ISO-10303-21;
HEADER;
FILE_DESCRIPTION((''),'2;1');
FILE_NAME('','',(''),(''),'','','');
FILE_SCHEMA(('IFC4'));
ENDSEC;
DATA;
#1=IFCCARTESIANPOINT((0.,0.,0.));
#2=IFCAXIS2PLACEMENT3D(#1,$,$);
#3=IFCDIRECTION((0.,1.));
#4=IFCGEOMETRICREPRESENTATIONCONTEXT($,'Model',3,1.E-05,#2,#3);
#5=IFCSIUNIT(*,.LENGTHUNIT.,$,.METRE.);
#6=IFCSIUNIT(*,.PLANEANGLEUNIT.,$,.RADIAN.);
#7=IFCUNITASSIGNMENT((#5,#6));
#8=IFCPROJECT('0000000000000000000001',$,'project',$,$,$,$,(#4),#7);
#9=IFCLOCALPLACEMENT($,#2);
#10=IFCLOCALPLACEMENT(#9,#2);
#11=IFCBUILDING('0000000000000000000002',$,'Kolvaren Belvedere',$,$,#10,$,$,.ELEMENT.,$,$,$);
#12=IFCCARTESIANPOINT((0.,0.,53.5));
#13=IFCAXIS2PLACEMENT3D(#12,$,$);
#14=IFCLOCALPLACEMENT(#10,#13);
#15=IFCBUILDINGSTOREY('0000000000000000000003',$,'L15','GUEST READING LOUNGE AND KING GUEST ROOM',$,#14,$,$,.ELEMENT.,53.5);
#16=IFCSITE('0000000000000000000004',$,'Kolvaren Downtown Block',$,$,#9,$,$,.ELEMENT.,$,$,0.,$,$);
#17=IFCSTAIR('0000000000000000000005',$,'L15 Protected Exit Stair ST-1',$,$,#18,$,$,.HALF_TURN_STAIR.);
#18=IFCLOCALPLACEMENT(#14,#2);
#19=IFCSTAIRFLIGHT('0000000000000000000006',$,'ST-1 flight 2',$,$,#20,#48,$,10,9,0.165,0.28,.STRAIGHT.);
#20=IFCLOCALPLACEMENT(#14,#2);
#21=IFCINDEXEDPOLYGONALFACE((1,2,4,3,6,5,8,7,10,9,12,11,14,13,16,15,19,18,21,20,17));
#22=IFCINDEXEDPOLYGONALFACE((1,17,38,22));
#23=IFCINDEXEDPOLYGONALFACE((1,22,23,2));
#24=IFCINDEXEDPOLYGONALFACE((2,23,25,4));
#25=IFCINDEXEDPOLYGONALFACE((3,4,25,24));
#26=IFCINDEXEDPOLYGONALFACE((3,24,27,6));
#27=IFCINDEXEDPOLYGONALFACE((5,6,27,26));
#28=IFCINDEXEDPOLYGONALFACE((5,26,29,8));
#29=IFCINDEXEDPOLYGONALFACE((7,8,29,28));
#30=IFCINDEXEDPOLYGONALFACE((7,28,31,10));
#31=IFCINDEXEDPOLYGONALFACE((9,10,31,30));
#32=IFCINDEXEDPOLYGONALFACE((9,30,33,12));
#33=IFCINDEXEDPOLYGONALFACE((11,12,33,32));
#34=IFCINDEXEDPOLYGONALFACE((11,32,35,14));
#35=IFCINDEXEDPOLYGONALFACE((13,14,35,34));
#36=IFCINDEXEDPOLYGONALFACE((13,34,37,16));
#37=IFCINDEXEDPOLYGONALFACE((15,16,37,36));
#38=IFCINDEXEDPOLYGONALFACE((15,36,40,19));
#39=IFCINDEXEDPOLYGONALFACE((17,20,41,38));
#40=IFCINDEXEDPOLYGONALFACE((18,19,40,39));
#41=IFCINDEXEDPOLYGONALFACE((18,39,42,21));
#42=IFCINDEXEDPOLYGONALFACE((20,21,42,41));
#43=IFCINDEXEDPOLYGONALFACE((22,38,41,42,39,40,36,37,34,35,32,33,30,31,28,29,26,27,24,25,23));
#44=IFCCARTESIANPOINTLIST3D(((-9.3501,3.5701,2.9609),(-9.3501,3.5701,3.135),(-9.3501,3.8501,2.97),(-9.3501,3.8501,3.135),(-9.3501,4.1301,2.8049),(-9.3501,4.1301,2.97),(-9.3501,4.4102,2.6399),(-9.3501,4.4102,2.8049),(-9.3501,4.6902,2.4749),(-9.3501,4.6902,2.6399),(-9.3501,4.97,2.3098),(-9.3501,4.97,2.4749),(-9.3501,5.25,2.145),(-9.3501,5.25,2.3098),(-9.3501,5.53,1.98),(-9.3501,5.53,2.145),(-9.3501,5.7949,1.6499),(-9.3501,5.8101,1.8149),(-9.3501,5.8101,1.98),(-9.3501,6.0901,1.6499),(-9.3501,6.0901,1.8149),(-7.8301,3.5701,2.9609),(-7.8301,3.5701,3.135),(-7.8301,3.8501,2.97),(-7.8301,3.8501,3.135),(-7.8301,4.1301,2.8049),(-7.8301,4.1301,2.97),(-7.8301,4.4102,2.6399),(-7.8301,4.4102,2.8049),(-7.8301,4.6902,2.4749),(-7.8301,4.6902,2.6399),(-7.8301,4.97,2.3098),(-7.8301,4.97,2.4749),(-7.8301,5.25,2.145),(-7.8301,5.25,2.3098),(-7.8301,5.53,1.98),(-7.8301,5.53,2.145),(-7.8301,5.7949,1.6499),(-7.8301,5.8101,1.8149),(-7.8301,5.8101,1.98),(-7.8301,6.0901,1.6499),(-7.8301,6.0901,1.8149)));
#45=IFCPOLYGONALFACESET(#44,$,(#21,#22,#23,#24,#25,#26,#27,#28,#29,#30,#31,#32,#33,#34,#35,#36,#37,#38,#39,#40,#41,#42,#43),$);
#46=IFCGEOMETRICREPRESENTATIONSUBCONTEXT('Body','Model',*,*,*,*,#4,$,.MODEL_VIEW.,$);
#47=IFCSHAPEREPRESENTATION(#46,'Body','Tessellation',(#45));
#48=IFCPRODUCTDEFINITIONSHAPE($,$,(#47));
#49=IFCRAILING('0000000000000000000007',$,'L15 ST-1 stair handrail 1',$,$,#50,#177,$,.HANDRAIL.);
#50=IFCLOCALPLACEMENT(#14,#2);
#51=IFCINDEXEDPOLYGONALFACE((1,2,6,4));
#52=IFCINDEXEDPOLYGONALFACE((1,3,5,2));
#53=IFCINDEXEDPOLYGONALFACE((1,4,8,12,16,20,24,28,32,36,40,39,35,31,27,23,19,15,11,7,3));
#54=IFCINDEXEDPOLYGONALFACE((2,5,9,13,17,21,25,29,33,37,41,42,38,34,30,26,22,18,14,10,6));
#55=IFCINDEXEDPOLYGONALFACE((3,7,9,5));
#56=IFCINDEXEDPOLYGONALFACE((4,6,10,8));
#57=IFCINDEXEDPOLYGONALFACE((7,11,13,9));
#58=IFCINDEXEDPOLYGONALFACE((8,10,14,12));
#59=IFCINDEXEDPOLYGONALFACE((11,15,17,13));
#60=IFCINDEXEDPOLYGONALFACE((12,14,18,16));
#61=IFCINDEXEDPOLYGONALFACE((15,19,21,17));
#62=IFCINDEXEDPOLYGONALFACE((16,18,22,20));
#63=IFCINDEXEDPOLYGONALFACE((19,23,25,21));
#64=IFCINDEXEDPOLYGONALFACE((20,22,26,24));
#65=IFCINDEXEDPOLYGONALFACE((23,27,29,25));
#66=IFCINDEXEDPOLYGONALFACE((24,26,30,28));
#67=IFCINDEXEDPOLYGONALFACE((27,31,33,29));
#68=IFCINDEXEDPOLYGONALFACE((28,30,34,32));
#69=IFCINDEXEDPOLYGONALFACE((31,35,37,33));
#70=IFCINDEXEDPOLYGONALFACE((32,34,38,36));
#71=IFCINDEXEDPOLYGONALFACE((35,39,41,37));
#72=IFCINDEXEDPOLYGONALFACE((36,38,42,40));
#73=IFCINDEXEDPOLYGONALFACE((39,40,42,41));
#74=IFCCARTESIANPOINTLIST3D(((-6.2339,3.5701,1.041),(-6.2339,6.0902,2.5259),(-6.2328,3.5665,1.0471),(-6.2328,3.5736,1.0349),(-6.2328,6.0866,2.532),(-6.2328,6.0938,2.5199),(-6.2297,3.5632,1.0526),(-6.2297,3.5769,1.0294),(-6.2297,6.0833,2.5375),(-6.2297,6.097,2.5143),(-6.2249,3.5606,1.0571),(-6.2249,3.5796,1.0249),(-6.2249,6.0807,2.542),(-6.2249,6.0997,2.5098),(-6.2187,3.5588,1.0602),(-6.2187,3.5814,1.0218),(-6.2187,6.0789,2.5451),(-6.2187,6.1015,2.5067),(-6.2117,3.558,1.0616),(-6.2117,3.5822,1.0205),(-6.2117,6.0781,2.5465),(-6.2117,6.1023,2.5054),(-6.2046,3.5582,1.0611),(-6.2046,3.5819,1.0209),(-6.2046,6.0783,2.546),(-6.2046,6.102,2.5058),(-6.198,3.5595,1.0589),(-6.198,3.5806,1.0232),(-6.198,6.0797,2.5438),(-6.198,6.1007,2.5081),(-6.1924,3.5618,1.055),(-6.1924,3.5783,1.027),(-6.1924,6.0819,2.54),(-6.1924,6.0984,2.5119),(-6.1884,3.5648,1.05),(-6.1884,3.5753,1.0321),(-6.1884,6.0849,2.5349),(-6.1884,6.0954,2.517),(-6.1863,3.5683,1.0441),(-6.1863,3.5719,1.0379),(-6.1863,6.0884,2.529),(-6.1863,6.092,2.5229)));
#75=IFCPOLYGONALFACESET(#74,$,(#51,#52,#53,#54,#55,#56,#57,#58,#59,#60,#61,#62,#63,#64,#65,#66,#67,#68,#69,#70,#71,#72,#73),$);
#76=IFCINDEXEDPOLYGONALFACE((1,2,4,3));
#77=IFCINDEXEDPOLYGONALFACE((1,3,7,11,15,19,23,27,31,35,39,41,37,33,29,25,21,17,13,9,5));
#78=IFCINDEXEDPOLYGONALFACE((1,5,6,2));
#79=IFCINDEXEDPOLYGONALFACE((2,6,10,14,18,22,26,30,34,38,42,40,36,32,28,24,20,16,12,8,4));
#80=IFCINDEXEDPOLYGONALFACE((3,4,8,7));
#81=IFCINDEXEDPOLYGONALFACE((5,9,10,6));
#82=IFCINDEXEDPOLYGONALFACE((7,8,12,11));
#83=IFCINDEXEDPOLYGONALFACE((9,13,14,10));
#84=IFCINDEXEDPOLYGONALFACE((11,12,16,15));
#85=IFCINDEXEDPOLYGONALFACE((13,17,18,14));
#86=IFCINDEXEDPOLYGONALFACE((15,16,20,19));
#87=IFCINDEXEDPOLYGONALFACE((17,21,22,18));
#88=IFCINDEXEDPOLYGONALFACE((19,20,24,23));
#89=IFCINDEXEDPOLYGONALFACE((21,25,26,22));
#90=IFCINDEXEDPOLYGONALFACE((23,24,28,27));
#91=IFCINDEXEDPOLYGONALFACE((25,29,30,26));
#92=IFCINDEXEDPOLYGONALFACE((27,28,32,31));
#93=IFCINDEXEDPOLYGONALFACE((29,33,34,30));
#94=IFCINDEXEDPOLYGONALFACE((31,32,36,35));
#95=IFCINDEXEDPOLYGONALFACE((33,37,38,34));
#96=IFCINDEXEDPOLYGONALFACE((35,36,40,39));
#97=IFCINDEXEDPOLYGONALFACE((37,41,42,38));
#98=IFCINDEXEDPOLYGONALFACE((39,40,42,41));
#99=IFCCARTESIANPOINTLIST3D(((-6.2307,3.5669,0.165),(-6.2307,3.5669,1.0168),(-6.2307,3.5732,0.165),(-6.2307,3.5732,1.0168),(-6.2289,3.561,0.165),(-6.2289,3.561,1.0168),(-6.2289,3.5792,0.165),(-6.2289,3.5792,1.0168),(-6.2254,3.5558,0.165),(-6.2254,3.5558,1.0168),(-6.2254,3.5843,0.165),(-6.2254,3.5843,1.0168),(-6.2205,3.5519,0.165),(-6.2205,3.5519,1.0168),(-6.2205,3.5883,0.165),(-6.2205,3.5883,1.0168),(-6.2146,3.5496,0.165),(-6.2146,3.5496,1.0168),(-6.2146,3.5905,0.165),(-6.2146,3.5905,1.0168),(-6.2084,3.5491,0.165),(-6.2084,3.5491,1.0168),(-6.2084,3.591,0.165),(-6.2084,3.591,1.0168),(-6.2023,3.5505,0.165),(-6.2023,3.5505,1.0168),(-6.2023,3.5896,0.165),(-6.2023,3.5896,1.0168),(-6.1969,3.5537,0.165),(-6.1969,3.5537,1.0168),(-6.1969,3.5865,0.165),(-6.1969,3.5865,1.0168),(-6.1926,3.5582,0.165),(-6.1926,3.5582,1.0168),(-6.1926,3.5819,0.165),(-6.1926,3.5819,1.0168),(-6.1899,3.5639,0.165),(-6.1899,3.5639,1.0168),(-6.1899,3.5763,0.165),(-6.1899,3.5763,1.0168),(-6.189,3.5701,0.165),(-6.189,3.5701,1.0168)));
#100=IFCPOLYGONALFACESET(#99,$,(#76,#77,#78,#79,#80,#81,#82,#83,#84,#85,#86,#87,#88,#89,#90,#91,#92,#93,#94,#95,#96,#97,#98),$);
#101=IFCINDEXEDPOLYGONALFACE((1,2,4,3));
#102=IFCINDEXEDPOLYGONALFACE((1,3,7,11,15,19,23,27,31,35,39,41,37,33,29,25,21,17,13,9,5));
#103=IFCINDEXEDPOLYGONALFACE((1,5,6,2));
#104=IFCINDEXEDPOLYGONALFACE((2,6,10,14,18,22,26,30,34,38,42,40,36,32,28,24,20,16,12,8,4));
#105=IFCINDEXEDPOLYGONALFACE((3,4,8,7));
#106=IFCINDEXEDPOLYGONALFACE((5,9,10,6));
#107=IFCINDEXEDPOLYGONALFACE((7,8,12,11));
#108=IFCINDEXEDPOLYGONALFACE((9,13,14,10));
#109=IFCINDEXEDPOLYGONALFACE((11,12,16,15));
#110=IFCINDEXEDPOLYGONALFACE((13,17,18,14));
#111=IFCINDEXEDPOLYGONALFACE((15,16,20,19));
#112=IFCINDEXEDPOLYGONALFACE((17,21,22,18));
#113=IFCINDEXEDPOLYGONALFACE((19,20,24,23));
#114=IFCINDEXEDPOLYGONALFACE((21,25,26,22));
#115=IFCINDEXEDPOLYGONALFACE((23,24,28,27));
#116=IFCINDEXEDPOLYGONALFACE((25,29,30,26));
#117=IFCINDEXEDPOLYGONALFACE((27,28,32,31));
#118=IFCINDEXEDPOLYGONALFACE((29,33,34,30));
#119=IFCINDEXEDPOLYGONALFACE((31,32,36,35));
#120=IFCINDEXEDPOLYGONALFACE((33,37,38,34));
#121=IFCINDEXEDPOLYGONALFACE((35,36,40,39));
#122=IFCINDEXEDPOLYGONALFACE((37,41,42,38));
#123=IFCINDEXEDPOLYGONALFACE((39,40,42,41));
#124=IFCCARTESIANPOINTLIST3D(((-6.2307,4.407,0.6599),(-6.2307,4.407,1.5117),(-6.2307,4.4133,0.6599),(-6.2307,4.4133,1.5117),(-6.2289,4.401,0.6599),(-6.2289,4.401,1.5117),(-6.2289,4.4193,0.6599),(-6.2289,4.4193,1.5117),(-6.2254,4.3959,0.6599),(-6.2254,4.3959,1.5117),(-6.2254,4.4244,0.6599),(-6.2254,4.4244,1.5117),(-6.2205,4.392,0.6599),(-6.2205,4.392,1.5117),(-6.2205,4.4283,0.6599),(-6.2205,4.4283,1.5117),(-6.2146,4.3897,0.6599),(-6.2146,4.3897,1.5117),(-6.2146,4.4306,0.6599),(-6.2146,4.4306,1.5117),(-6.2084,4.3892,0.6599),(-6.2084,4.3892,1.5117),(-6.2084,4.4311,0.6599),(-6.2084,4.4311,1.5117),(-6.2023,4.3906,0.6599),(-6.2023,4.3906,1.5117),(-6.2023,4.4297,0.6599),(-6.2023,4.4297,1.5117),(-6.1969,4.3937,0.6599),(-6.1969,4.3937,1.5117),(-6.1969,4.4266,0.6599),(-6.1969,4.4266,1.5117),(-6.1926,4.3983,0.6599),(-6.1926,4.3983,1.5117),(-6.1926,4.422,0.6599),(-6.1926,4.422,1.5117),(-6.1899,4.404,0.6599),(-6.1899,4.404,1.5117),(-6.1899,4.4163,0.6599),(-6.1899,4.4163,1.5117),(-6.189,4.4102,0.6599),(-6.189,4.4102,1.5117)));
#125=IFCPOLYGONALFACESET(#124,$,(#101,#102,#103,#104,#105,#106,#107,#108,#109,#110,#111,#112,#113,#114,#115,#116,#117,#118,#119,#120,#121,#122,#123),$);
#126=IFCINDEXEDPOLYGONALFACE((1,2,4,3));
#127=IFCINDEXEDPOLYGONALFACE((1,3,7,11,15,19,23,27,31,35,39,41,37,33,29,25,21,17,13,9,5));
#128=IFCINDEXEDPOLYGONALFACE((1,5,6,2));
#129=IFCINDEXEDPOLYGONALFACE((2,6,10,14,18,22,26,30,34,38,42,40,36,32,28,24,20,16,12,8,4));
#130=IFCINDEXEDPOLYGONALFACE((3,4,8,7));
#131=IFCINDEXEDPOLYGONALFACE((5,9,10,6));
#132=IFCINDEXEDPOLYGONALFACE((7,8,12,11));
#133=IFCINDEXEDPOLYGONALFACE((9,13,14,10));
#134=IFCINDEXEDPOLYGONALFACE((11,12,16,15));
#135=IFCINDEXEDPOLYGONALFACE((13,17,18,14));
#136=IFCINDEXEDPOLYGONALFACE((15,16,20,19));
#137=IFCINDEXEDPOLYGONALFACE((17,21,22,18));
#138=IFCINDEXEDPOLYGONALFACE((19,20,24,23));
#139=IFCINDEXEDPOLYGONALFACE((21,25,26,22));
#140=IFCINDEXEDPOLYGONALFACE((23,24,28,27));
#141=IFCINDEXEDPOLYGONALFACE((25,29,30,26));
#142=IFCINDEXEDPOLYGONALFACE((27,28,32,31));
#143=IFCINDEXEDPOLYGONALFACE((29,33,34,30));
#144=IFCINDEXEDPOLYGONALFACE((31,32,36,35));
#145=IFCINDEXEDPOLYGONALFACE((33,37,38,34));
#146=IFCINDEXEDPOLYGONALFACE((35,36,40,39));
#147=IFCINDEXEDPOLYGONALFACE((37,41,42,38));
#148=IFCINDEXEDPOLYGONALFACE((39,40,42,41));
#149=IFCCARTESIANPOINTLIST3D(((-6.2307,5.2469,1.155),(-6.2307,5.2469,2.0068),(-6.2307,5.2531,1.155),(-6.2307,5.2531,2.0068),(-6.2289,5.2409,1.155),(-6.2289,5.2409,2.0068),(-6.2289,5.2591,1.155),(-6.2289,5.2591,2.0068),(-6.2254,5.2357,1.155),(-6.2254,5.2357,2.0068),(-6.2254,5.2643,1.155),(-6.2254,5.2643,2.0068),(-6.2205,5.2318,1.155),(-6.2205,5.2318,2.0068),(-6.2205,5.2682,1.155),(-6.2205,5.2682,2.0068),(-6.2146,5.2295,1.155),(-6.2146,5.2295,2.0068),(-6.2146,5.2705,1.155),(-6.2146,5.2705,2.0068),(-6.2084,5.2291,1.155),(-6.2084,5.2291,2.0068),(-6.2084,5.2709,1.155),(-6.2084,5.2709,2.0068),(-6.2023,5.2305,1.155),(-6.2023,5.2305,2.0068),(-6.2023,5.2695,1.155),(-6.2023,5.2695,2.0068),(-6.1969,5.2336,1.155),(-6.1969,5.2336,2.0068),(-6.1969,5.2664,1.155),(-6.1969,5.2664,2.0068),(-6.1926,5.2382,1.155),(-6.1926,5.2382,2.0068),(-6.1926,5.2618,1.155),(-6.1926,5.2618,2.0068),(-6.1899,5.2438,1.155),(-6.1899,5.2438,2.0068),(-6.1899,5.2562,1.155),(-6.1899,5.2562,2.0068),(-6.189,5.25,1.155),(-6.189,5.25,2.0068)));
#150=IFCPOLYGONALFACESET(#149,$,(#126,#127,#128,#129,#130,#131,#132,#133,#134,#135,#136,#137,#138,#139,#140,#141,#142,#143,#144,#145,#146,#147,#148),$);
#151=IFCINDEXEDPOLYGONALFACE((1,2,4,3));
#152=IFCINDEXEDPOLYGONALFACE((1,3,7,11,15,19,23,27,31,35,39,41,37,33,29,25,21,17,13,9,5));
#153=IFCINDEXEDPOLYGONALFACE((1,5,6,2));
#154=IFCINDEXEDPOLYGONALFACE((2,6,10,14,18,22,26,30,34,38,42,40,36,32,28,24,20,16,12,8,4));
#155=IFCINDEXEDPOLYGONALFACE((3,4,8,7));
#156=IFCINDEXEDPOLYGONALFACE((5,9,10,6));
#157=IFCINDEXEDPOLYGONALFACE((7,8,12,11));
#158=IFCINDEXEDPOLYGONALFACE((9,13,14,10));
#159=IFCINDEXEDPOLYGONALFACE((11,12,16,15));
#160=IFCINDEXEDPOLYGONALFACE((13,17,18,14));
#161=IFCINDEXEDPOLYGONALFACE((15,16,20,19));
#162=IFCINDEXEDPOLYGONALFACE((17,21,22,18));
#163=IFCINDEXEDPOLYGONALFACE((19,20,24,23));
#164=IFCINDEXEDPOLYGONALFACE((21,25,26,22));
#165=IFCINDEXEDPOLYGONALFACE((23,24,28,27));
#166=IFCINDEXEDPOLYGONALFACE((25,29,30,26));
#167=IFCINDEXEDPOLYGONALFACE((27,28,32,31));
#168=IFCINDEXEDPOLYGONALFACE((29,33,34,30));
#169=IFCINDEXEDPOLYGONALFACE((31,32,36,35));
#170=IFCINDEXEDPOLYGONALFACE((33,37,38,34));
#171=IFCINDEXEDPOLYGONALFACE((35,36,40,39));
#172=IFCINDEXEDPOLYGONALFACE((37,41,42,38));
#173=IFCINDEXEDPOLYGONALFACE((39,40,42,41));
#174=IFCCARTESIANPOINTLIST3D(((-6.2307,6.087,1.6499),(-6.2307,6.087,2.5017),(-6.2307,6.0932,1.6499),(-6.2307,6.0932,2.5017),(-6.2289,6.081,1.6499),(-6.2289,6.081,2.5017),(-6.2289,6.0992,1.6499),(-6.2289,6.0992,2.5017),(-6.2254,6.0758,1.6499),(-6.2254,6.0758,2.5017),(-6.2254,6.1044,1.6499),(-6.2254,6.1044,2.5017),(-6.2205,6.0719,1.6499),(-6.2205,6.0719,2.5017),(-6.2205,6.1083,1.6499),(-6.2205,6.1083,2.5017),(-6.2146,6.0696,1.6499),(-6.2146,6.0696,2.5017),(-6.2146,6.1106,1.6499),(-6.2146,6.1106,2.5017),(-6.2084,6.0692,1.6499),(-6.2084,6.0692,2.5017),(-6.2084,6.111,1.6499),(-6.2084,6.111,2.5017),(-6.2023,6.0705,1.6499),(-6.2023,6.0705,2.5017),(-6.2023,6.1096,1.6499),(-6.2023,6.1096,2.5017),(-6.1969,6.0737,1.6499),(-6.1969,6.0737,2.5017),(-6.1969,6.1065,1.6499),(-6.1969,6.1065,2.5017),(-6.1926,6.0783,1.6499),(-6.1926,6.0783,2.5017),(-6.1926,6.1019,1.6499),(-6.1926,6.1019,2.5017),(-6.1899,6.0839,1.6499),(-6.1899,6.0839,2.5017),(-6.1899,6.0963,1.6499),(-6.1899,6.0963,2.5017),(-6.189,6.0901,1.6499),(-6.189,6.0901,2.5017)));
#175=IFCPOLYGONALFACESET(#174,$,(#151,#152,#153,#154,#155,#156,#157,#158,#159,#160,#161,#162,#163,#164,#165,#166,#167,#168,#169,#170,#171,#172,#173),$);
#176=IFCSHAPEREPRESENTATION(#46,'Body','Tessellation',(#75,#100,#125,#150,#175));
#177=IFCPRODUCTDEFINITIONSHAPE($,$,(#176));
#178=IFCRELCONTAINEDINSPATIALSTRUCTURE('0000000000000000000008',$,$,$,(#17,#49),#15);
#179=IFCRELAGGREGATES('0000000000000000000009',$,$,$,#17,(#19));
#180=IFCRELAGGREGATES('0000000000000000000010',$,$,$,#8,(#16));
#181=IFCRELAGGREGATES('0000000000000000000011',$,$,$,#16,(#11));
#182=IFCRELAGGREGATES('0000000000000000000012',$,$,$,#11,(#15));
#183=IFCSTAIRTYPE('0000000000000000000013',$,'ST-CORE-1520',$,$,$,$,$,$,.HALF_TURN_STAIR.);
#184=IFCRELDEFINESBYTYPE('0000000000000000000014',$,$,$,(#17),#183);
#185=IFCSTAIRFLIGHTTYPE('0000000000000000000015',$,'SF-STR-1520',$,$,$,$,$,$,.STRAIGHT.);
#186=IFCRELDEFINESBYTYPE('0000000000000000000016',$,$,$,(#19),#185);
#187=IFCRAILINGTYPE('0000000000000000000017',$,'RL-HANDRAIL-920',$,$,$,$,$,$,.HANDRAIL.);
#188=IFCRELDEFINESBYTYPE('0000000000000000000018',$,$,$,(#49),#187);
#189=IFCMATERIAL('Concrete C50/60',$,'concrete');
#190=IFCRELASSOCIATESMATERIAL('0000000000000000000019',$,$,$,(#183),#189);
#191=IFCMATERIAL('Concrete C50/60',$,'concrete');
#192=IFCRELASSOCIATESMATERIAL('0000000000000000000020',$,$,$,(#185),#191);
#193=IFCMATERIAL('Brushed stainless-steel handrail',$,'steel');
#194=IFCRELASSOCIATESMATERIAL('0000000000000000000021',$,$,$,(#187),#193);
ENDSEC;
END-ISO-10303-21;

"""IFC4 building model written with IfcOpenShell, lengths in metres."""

from ifc_helpers import new_model, si_unit, direction, frame, origin, origin_2d, place, context, subcontext, project, spatial, polyline, circle, outline, extrude, material, type_object, element, aggregate, save


model = new_model("IFC4")

# Units and contexts
model_context = context("Model", 3, precision=1e-05, world=origin(), true_north=direction((0.0, 1.0)))
body_context = subcontext(model_context, "Body", "Model", "MODEL_VIEW")
ifc_project = project(units=[si_unit("LENGTHUNIT", "METRE"), si_unit("PLANEANGLEUNIT", "RADIAN")], contexts=[model_context])

# Site, building, storey
site_placement = place(None, origin())
site = spatial("IfcSite", under=ifc_project, at=site_placement, Name="Kolvaren Downtown Block", CompositionType="ELEMENT", RefElevation=0.0)
building_placement = place(site_placement, origin())
building = spatial("IfcBuilding", under=site, at=building_placement, Name="Kolvaren Belvedere", CompositionType="ELEMENT")
storey_placement = place(building_placement, frame((0.0, 0.0, 53.5)))
storey = spatial("IfcBuildingStorey", under=building, at=storey_placement, Name="L15", Description="GUEST READING LOUNGE AND KING GUEST ROOM", CompositionType="ELEMENT", Elevation=53.5)

# Stair, stair flight
ifc_material_1 = material(Name="Concrete C50/60", Category="concrete")
stair_type = type_object("IfcStairType", Name="ST-CORE-1520", PredefinedType="HALF_TURN_STAIR", material=ifc_material_1)
stair_placement = place(storey_placement, origin())
stair = element("IfcStair", 1, at=stair_placement, inside=storey, type_object=stair_type, Name="L15 Protected Exit Stair ST-1", PredefinedType="HALF_TURN_STAIR")
ifc_material_2 = material(Name="Concrete C50/60", Category="concrete")
stair_flight_type = type_object("IfcStairFlightType", Name="SF-STR-1520", PredefinedType="STRAIGHT", material=ifc_material_2)
stair_flight_1_placement = place(storey_placement, frame((-8.5901, 6.0901, 1.6499), z_axis=(0.0, 0.0, 1.0), x_axis=(0.0, -1.0, 0.0)))
stair_flight_1 = element("IfcStairFlight", 2, at=stair_flight_1_placement, type_object=stair_flight_type, Name="ST-1 flight 2", NumberOfRisers=10, NumberOfTreads=9, PredefinedType="STRAIGHT", RiserHeight=0.165, TreadLength=0.28, context=body_context, shape_type="SweptSolid", body=[
    extrude(outline(polyline([(0.0, 0.0), (0.0, 0.165), (0.28, 0.165), (0.28, 0.3301), (0.5601, 0.3301), (0.5601, 0.4951), (0.8401, 0.4951), (0.8401, 0.6599), (1.1201, 0.6599), (1.1201, 0.825), (1.3999, 0.825), (1.3999, 0.99), (1.6799, 0.99), (1.6799, 1.155), (1.96, 1.155), (1.96, 1.3201), (2.24, 1.3201), (2.24, 1.4851), (2.52, 1.4851), (2.52, 1.6499), (2.52, 1.311), (0.2952, 0.0), (0.0, 0.0)])), frame((0.0, 0.76, 0.0), z_axis=(0.0, -1.0, 0.0), x_axis=(1.0, 0.0, 0.0)), (0.0, 0.0, 1.0), 1.52),
])
aggregate(stair, [stair_flight_1])

# Railing
ifc_material_3 = material(Name="Brushed stainless-steel handrail", Category="steel")
railing_type_1 = type_object("IfcRailingType", Name="RL-HANDRAIL-920", PredefinedType="HANDRAIL", material=ifc_material_3)
railing_1_placement = place(storey_placement, frame((-6.21, 3.5701, 0.165)))
element("IfcRailing", 3, at=railing_1_placement, inside=storey, type_object=railing_type_1, Name="L15 ST-1 stair handrail 1", PredefinedType="HANDRAIL", context=body_context, shape_type="SweptSolid", body=[
    extrude(circle(Radius=0.0239, at=origin_2d()), frame((0.0, 0.0, 0.876), z_axis=(0.0, 0.861561, 0.507655), x_axis=(-1.0, 0.0, 0.0)), (0.0, 0.0, 1.0), 2.925),
    extrude(circle(Radius=0.021, at=origin_2d()), origin(), (0.0, 0.0, 1.0), 0.8518),
    extrude(circle(Radius=0.021, at=origin_2d()), frame((0.0, 0.8401, 0.4949)), (0.0, 0.0, 1.0), 0.8518),
    extrude(circle(Radius=0.021, at=origin_2d()), frame((0.0, 1.6799, 0.99)), (0.0, 0.0, 1.0), 0.8518),
    extrude(circle(Radius=0.021, at=origin_2d()), frame((0.0, 2.52, 1.4849)), (0.0, 0.0, 1.0), 0.8518),
])

save(model, "model.ifc")
